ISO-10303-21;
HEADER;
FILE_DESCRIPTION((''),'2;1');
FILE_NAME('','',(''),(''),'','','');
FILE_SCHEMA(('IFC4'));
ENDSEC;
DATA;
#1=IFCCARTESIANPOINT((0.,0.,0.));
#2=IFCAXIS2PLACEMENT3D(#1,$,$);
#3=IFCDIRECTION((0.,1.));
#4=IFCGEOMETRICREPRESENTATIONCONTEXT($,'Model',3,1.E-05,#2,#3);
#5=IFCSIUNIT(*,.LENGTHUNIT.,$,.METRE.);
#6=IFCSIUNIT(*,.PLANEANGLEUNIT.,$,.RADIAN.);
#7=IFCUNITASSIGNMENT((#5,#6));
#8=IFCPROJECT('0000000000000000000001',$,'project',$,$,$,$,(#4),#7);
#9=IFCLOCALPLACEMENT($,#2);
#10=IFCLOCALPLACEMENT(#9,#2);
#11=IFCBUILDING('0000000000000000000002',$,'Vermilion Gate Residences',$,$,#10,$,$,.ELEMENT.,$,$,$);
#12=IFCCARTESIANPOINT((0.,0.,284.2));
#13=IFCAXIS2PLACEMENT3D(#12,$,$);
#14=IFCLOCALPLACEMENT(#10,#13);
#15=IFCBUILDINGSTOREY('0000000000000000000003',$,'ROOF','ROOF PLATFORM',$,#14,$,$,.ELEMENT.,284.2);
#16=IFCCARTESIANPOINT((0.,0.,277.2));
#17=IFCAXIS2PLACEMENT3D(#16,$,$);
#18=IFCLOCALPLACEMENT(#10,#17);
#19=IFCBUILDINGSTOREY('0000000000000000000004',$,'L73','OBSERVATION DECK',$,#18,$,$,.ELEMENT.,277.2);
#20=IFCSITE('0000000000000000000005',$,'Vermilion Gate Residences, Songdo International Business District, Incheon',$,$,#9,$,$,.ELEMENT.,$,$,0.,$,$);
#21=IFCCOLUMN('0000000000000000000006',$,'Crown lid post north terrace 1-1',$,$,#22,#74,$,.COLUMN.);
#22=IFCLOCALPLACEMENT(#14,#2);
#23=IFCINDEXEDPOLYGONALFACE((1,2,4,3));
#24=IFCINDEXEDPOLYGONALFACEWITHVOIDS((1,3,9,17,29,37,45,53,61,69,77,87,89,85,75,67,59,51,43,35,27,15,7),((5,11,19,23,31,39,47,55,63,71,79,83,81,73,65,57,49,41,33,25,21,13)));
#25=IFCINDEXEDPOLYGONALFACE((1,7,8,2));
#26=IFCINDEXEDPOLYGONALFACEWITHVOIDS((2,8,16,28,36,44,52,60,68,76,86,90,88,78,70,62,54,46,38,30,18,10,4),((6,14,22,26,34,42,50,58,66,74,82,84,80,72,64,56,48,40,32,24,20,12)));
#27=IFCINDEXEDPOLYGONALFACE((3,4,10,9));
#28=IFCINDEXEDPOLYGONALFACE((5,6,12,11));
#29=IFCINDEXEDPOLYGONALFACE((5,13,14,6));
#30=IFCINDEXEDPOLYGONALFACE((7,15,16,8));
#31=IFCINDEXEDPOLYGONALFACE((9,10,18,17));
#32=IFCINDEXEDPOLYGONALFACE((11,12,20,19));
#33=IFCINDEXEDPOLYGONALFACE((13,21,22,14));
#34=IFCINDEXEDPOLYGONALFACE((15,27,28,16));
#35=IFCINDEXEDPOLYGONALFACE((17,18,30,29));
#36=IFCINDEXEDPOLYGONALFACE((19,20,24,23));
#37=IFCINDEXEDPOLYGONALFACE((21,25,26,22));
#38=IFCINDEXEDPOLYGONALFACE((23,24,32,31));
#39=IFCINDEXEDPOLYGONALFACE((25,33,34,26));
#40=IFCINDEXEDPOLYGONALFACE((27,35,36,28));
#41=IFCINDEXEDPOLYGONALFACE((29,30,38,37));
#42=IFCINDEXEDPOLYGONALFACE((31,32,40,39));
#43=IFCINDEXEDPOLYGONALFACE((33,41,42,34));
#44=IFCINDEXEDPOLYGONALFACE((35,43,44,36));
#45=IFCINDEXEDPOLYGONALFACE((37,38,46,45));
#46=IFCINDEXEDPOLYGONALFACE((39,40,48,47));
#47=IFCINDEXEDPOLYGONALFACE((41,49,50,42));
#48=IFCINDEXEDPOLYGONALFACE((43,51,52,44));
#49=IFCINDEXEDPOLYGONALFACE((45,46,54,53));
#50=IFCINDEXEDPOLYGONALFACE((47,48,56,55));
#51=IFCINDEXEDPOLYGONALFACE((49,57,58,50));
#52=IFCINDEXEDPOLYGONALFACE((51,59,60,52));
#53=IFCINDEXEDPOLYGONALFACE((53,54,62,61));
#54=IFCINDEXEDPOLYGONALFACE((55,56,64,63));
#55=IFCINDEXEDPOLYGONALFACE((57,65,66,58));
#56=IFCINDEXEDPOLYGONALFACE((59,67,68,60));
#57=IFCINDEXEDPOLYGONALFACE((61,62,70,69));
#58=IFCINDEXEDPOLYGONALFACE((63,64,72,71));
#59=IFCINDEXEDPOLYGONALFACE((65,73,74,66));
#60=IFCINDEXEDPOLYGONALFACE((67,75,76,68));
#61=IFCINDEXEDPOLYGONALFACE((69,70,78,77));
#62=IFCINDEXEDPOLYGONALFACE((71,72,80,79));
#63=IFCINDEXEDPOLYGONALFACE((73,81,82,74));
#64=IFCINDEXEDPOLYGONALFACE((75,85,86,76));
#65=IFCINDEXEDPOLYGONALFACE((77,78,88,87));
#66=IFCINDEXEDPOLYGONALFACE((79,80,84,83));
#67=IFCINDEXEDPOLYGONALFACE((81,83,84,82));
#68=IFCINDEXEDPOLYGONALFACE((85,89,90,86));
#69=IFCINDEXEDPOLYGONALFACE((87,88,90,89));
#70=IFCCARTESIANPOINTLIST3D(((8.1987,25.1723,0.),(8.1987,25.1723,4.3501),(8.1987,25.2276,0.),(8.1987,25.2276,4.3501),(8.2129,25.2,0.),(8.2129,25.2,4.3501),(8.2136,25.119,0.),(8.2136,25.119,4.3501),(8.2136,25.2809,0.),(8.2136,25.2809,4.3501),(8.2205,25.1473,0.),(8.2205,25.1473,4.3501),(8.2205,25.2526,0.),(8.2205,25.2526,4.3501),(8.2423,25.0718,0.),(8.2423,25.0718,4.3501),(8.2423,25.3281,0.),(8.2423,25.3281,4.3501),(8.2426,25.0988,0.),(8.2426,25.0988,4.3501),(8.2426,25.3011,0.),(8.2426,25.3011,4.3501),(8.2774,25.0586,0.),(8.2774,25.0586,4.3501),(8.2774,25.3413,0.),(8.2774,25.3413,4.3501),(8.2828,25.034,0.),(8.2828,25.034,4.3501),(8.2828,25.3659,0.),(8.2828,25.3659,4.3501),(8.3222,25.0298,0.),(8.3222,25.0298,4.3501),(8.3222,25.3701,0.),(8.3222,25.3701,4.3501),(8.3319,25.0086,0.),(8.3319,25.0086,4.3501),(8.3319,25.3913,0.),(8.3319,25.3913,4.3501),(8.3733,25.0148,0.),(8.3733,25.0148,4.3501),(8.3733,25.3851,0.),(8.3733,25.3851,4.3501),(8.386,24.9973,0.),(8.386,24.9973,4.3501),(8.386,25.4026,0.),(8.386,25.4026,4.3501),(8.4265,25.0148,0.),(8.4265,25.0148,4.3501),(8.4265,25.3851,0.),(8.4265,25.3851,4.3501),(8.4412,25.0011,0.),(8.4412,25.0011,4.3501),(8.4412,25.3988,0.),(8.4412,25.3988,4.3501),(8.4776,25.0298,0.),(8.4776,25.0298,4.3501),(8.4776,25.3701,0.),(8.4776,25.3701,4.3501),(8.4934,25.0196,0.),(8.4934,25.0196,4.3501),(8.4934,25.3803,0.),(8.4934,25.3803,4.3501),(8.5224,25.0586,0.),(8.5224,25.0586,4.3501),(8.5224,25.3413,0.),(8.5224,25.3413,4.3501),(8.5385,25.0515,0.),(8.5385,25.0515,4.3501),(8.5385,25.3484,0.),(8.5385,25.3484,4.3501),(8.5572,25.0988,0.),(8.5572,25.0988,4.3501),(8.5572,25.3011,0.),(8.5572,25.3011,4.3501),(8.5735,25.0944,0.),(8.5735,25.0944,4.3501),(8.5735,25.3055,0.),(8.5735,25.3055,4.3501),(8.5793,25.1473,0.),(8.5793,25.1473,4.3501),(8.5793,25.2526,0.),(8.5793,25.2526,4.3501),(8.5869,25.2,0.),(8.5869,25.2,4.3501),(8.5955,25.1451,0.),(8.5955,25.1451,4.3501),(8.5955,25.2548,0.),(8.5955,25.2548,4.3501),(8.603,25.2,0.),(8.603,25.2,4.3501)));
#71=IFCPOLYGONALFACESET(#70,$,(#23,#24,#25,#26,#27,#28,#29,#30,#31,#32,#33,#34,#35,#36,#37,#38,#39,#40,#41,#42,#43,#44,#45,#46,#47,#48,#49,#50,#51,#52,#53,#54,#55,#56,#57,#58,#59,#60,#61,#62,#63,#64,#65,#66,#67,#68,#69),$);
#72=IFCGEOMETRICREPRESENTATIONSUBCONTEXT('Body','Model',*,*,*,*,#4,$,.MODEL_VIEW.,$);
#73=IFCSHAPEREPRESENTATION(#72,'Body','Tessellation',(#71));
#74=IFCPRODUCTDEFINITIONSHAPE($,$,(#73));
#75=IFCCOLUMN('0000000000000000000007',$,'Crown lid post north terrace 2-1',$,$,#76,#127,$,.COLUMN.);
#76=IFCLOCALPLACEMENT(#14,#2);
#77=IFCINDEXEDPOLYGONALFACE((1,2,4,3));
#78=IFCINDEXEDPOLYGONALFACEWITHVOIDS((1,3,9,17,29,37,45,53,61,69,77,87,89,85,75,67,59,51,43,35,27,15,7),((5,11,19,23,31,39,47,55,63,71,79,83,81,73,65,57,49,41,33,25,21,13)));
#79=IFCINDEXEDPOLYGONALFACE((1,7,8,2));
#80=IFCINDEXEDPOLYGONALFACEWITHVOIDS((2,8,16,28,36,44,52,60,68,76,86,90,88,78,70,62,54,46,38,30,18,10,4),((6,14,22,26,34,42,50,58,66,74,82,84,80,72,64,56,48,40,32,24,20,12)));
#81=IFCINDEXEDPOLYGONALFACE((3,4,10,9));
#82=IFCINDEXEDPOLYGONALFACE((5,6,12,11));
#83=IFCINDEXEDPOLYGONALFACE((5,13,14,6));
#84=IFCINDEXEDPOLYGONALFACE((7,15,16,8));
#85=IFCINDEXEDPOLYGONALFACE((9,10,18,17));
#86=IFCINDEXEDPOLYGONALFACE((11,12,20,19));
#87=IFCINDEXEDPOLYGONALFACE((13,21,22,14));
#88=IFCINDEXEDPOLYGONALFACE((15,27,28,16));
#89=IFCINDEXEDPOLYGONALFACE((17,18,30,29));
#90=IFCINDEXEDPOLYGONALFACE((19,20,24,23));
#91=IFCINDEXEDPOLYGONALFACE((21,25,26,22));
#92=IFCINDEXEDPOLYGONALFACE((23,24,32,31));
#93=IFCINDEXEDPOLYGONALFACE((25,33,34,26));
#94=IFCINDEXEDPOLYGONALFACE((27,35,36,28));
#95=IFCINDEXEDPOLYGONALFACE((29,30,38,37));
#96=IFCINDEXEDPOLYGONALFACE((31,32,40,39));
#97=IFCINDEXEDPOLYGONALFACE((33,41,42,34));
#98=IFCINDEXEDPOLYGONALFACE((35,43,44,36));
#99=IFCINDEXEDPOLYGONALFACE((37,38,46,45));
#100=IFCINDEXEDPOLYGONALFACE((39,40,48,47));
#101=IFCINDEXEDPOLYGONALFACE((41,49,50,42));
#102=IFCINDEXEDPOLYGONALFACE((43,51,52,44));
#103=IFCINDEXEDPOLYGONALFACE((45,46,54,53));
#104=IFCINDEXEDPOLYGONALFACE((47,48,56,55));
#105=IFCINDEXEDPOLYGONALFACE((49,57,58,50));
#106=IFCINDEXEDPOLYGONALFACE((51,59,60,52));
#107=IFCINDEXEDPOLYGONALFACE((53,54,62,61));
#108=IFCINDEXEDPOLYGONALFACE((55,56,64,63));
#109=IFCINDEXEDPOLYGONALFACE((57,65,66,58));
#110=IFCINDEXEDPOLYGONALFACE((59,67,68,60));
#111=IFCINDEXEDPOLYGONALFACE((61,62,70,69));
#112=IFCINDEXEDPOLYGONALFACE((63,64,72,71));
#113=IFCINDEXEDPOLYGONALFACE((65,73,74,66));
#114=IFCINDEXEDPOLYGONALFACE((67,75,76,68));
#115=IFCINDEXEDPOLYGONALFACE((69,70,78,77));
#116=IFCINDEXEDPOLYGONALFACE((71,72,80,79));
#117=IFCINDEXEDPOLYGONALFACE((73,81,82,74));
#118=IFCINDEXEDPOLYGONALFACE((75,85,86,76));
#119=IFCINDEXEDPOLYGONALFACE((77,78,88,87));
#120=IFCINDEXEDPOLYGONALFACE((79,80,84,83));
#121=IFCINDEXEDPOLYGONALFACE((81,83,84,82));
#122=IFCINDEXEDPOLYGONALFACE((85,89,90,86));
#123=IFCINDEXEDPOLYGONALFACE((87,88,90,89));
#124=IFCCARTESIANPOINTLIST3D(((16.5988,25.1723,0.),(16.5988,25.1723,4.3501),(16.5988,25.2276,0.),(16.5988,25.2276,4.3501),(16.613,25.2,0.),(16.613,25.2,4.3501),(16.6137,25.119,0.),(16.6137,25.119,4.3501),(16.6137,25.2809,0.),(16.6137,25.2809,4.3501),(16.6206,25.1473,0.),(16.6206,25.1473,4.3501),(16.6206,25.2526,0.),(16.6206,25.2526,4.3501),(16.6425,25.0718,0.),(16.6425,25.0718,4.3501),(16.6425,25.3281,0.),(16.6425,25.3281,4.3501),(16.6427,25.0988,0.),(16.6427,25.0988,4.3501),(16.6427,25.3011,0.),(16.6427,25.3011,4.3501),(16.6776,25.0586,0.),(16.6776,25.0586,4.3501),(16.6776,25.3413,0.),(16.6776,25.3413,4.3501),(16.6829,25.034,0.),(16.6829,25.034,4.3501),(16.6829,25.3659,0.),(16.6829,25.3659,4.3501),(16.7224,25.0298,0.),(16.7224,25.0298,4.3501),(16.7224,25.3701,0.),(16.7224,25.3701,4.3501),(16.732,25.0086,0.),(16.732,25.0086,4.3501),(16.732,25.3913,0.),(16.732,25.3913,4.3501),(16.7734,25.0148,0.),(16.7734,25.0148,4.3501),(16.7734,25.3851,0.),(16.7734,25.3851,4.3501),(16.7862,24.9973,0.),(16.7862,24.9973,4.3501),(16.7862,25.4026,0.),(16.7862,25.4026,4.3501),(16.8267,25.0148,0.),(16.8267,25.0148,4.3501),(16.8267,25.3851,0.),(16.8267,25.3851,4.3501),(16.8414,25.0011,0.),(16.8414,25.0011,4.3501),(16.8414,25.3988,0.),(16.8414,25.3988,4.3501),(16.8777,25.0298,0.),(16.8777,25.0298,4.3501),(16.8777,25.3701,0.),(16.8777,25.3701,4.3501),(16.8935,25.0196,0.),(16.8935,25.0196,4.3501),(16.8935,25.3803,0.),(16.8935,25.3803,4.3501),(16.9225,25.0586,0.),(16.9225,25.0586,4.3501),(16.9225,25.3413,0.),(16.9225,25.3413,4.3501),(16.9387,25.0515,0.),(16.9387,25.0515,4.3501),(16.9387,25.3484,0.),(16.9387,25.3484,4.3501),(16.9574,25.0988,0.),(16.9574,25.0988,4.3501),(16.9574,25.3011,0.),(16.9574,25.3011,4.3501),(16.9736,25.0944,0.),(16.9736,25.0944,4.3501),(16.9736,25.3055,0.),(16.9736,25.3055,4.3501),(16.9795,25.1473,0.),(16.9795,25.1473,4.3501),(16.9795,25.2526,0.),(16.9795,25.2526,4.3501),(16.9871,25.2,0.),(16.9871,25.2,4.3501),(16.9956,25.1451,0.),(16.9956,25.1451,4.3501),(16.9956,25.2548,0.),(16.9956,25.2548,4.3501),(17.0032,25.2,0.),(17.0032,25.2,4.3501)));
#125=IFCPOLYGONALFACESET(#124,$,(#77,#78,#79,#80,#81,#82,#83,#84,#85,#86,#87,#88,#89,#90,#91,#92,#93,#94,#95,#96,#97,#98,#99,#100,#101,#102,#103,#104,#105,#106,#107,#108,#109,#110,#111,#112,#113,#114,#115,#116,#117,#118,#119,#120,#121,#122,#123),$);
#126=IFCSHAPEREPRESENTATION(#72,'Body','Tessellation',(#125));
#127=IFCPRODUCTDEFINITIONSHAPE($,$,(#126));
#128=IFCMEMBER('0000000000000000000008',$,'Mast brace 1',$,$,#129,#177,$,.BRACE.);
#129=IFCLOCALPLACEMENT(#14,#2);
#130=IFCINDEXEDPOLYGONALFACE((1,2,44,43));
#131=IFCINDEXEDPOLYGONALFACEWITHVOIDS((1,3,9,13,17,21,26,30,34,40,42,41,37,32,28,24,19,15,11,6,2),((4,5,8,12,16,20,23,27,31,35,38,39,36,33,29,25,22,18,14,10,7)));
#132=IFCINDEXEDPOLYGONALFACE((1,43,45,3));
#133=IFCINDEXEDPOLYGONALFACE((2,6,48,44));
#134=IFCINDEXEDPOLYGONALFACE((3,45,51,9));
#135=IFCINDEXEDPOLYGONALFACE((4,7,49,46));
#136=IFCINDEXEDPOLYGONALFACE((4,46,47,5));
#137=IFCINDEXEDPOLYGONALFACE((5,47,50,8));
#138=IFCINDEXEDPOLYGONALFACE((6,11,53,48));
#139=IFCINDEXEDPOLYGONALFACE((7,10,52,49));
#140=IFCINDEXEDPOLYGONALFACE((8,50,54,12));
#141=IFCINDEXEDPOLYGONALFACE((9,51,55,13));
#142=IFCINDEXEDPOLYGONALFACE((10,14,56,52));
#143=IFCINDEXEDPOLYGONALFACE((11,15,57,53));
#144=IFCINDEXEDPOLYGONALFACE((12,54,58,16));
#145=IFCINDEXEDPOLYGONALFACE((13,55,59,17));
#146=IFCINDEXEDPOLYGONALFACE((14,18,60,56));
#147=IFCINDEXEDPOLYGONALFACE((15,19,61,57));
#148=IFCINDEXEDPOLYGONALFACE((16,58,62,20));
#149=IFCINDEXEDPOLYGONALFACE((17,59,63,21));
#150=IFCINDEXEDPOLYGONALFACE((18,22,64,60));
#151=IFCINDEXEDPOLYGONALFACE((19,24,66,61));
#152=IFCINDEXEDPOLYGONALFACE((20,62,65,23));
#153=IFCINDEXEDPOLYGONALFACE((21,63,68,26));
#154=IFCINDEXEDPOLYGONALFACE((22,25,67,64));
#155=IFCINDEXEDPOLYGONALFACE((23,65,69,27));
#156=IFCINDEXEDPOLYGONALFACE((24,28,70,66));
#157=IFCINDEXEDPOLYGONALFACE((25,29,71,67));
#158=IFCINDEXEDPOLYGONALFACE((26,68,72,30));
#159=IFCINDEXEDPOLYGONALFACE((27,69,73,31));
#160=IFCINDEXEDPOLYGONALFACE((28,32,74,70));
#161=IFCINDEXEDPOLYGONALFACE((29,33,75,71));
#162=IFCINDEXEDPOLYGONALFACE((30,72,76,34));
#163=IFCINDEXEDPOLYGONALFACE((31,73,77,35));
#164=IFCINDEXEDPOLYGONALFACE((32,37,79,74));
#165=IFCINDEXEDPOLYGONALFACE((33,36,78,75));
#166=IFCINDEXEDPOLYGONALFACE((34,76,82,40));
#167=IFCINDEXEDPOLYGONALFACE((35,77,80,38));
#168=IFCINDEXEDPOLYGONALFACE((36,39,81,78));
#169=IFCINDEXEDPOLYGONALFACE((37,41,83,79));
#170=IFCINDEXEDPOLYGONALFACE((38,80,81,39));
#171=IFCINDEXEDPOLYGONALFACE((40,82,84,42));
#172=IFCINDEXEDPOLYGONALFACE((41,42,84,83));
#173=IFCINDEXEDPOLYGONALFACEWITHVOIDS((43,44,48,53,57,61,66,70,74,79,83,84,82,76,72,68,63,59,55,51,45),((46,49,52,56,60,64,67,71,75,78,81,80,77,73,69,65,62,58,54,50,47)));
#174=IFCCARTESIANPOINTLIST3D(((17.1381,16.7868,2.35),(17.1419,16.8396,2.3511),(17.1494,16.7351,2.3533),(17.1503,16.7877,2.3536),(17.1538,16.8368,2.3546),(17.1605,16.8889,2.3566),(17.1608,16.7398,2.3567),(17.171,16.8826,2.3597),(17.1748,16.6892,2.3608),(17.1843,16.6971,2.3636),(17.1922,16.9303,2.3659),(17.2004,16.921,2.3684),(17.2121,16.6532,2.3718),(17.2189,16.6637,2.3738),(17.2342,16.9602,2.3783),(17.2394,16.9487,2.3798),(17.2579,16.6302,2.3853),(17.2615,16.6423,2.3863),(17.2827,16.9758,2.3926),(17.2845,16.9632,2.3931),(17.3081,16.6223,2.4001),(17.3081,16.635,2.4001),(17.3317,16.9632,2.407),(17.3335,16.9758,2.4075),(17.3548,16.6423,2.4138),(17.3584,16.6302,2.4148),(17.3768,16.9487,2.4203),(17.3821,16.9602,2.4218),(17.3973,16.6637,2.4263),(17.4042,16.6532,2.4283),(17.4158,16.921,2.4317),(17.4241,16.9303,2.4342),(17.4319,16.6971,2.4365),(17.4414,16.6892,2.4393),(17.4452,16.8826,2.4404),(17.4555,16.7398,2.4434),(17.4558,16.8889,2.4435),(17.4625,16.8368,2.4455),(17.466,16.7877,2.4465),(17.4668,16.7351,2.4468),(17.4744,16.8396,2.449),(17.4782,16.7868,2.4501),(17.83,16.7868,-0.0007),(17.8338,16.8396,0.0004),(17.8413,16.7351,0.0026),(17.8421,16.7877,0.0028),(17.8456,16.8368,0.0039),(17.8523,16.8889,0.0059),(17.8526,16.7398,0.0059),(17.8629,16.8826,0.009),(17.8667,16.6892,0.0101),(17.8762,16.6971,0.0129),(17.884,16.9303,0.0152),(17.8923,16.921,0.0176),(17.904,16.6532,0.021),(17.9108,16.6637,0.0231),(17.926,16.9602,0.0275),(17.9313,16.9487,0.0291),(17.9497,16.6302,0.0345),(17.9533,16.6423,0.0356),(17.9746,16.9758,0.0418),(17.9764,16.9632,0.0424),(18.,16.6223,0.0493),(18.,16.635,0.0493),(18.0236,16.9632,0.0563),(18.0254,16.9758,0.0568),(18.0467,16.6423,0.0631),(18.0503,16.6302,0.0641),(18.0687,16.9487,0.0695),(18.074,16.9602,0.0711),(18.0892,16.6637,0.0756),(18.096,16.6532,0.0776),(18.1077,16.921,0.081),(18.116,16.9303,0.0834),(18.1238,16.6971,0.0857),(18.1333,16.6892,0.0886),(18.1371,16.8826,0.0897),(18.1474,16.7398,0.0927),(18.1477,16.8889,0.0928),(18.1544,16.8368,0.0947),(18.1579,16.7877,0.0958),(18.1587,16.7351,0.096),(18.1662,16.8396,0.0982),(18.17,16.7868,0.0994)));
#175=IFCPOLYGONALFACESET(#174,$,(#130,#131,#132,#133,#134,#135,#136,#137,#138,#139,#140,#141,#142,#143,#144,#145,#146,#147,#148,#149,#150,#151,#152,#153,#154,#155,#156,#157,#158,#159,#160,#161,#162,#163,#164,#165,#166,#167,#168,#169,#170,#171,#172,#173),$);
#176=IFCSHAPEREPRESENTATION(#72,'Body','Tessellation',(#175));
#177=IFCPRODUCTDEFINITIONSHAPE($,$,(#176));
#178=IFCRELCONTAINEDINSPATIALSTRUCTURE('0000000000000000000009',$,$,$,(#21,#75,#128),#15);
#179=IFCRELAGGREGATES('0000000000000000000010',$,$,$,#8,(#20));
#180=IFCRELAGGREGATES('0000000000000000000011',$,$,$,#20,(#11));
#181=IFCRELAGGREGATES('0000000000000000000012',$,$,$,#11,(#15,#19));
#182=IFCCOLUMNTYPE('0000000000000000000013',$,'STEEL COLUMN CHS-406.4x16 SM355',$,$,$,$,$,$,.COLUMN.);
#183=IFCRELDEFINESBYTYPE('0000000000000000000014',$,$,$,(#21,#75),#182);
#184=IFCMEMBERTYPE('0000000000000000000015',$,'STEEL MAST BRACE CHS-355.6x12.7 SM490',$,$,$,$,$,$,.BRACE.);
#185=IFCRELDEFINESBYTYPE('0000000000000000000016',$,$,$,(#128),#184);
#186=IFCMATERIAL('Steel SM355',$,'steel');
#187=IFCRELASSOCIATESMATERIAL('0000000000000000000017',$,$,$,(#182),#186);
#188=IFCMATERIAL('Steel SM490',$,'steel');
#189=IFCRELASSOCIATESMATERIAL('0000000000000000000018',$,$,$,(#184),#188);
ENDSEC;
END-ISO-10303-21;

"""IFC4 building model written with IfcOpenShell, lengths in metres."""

from ifc_helpers import new_model, si_unit, direction, frame, origin, origin_2d, place, context, subcontext, project, spatial, hollow_circle, extrude, material, material_profile, profile_set, type_object, element, save


model = new_model("IFC4")

# Units and contexts
model_context = context("Model", 3, precision=1e-05, world=origin(), true_north=direction((0.0, 1.0)))
body_context = subcontext(model_context, "Body", "Model", "MODEL_VIEW")
ifc_project = project(units=[si_unit("LENGTHUNIT", "METRE"), si_unit("PLANEANGLEUNIT", "RADIAN")], contexts=[model_context])

# Site, building, storey
site_placement = place(None, origin())
site = spatial("IfcSite", under=ifc_project, at=site_placement, Name="Vermilion Gate Residences, Songdo International Business District, Incheon", CompositionType="ELEMENT", RefElevation=0.0)
building_placement = place(site_placement, origin())
building = spatial("IfcBuilding", under=site, at=building_placement, Name="Vermilion Gate Residences", CompositionType="ELEMENT")
storey_1_placement = place(building_placement, frame((0.0, 0.0, 284.2)))
storey_1 = spatial("IfcBuildingStorey", under=building, at=storey_1_placement, Name="ROOF", Description="ROOF PLATFORM", CompositionType="ELEMENT", Elevation=284.2)

# Columns
ifc_material_1 = material(Name="Steel SM355", Category="steel")
ifc_material_profile_1 = material_profile(ifc_material_1, hollow_circle(Radius=0.2031, WallThickness=0.0161, at=origin_2d()), Name="CHS-406.4x16")
ifc_profile_set_1 = profile_set([ifc_material_profile_1], Name="Steel SM355")
column_type = type_object("IfcColumnType", Name="STEEL COLUMN CHS-406.4x16 SM355", PredefinedType="COLUMN", material=ifc_profile_set_1)
for number, where, z_axis, x_axis, name in (
    (1, (8.3999, 25.2, 0.0), (0.0, 0.0, 1.0), (1.0, 0.0, 0.0), "Crown lid post north terrace 1-1"),
    (2, (16.8, 25.2, 0.0), (0.0, 0.0, 1.0), (1.0, 0.0, 0.0), "Crown lid post north terrace 2-1"),
):
    element("IfcColumn", number, at=place(storey_1_placement, frame(where, z_axis=z_axis, x_axis=x_axis)), inside=storey_1, type_object=column_type, Name=name, PredefinedType="COLUMN", context=body_context, shape_type="SweptSolid", body=[
        extrude(hollow_circle(Radius=0.2031, WallThickness=0.0161, at=origin_2d()), origin(), (0.0, 0.0, 1.0), 4.3501),
    ])

# Member
ifc_material_2 = material(Name="Steel SM490", Category="steel")
ifc_material_profile_2 = material_profile(ifc_material_2, hollow_circle(Radius=0.1777, WallThickness=0.0127, at=origin_2d()), Name="CHS-355.6x12.7")
ifc_profile_set_2 = profile_set([ifc_material_profile_2], Name="Steel SM490")
member_type = type_object("IfcMemberType", Name="STEEL MAST BRACE CHS-355.6x12.7 SM490", PredefinedType="BRACE", material=ifc_profile_set_2)
for number, where, z_axis, x_axis, name in (
    (3, (18.0, 16.8, 0.0493), (-0.282344, 0.0, 0.959313), (0.0, -1.0, 0.0), "Mast brace 1"),
):
    element("IfcMember", number, at=place(storey_1_placement, frame(where, z_axis=z_axis, x_axis=x_axis)), inside=storey_1, type_object=member_type, Name=name, PredefinedType="BRACE", context=body_context, shape_type="SweptSolid", body=[
        extrude(hollow_circle(Radius=0.1777, WallThickness=0.0127, at=origin_2d()), origin(), (0.0, 0.0, 1.0), 2.4504),
    ])

# Shared definitions
storey_2_placement = place(building_placement, frame((0.0, 0.0, 277.2)))
storey_2 = spatial("IfcBuildingStorey", under=building, at=storey_2_placement, Name="L73", Description="OBSERVATION DECK", CompositionType="ELEMENT", Elevation=277.2)

save(model, "model.ifc")
